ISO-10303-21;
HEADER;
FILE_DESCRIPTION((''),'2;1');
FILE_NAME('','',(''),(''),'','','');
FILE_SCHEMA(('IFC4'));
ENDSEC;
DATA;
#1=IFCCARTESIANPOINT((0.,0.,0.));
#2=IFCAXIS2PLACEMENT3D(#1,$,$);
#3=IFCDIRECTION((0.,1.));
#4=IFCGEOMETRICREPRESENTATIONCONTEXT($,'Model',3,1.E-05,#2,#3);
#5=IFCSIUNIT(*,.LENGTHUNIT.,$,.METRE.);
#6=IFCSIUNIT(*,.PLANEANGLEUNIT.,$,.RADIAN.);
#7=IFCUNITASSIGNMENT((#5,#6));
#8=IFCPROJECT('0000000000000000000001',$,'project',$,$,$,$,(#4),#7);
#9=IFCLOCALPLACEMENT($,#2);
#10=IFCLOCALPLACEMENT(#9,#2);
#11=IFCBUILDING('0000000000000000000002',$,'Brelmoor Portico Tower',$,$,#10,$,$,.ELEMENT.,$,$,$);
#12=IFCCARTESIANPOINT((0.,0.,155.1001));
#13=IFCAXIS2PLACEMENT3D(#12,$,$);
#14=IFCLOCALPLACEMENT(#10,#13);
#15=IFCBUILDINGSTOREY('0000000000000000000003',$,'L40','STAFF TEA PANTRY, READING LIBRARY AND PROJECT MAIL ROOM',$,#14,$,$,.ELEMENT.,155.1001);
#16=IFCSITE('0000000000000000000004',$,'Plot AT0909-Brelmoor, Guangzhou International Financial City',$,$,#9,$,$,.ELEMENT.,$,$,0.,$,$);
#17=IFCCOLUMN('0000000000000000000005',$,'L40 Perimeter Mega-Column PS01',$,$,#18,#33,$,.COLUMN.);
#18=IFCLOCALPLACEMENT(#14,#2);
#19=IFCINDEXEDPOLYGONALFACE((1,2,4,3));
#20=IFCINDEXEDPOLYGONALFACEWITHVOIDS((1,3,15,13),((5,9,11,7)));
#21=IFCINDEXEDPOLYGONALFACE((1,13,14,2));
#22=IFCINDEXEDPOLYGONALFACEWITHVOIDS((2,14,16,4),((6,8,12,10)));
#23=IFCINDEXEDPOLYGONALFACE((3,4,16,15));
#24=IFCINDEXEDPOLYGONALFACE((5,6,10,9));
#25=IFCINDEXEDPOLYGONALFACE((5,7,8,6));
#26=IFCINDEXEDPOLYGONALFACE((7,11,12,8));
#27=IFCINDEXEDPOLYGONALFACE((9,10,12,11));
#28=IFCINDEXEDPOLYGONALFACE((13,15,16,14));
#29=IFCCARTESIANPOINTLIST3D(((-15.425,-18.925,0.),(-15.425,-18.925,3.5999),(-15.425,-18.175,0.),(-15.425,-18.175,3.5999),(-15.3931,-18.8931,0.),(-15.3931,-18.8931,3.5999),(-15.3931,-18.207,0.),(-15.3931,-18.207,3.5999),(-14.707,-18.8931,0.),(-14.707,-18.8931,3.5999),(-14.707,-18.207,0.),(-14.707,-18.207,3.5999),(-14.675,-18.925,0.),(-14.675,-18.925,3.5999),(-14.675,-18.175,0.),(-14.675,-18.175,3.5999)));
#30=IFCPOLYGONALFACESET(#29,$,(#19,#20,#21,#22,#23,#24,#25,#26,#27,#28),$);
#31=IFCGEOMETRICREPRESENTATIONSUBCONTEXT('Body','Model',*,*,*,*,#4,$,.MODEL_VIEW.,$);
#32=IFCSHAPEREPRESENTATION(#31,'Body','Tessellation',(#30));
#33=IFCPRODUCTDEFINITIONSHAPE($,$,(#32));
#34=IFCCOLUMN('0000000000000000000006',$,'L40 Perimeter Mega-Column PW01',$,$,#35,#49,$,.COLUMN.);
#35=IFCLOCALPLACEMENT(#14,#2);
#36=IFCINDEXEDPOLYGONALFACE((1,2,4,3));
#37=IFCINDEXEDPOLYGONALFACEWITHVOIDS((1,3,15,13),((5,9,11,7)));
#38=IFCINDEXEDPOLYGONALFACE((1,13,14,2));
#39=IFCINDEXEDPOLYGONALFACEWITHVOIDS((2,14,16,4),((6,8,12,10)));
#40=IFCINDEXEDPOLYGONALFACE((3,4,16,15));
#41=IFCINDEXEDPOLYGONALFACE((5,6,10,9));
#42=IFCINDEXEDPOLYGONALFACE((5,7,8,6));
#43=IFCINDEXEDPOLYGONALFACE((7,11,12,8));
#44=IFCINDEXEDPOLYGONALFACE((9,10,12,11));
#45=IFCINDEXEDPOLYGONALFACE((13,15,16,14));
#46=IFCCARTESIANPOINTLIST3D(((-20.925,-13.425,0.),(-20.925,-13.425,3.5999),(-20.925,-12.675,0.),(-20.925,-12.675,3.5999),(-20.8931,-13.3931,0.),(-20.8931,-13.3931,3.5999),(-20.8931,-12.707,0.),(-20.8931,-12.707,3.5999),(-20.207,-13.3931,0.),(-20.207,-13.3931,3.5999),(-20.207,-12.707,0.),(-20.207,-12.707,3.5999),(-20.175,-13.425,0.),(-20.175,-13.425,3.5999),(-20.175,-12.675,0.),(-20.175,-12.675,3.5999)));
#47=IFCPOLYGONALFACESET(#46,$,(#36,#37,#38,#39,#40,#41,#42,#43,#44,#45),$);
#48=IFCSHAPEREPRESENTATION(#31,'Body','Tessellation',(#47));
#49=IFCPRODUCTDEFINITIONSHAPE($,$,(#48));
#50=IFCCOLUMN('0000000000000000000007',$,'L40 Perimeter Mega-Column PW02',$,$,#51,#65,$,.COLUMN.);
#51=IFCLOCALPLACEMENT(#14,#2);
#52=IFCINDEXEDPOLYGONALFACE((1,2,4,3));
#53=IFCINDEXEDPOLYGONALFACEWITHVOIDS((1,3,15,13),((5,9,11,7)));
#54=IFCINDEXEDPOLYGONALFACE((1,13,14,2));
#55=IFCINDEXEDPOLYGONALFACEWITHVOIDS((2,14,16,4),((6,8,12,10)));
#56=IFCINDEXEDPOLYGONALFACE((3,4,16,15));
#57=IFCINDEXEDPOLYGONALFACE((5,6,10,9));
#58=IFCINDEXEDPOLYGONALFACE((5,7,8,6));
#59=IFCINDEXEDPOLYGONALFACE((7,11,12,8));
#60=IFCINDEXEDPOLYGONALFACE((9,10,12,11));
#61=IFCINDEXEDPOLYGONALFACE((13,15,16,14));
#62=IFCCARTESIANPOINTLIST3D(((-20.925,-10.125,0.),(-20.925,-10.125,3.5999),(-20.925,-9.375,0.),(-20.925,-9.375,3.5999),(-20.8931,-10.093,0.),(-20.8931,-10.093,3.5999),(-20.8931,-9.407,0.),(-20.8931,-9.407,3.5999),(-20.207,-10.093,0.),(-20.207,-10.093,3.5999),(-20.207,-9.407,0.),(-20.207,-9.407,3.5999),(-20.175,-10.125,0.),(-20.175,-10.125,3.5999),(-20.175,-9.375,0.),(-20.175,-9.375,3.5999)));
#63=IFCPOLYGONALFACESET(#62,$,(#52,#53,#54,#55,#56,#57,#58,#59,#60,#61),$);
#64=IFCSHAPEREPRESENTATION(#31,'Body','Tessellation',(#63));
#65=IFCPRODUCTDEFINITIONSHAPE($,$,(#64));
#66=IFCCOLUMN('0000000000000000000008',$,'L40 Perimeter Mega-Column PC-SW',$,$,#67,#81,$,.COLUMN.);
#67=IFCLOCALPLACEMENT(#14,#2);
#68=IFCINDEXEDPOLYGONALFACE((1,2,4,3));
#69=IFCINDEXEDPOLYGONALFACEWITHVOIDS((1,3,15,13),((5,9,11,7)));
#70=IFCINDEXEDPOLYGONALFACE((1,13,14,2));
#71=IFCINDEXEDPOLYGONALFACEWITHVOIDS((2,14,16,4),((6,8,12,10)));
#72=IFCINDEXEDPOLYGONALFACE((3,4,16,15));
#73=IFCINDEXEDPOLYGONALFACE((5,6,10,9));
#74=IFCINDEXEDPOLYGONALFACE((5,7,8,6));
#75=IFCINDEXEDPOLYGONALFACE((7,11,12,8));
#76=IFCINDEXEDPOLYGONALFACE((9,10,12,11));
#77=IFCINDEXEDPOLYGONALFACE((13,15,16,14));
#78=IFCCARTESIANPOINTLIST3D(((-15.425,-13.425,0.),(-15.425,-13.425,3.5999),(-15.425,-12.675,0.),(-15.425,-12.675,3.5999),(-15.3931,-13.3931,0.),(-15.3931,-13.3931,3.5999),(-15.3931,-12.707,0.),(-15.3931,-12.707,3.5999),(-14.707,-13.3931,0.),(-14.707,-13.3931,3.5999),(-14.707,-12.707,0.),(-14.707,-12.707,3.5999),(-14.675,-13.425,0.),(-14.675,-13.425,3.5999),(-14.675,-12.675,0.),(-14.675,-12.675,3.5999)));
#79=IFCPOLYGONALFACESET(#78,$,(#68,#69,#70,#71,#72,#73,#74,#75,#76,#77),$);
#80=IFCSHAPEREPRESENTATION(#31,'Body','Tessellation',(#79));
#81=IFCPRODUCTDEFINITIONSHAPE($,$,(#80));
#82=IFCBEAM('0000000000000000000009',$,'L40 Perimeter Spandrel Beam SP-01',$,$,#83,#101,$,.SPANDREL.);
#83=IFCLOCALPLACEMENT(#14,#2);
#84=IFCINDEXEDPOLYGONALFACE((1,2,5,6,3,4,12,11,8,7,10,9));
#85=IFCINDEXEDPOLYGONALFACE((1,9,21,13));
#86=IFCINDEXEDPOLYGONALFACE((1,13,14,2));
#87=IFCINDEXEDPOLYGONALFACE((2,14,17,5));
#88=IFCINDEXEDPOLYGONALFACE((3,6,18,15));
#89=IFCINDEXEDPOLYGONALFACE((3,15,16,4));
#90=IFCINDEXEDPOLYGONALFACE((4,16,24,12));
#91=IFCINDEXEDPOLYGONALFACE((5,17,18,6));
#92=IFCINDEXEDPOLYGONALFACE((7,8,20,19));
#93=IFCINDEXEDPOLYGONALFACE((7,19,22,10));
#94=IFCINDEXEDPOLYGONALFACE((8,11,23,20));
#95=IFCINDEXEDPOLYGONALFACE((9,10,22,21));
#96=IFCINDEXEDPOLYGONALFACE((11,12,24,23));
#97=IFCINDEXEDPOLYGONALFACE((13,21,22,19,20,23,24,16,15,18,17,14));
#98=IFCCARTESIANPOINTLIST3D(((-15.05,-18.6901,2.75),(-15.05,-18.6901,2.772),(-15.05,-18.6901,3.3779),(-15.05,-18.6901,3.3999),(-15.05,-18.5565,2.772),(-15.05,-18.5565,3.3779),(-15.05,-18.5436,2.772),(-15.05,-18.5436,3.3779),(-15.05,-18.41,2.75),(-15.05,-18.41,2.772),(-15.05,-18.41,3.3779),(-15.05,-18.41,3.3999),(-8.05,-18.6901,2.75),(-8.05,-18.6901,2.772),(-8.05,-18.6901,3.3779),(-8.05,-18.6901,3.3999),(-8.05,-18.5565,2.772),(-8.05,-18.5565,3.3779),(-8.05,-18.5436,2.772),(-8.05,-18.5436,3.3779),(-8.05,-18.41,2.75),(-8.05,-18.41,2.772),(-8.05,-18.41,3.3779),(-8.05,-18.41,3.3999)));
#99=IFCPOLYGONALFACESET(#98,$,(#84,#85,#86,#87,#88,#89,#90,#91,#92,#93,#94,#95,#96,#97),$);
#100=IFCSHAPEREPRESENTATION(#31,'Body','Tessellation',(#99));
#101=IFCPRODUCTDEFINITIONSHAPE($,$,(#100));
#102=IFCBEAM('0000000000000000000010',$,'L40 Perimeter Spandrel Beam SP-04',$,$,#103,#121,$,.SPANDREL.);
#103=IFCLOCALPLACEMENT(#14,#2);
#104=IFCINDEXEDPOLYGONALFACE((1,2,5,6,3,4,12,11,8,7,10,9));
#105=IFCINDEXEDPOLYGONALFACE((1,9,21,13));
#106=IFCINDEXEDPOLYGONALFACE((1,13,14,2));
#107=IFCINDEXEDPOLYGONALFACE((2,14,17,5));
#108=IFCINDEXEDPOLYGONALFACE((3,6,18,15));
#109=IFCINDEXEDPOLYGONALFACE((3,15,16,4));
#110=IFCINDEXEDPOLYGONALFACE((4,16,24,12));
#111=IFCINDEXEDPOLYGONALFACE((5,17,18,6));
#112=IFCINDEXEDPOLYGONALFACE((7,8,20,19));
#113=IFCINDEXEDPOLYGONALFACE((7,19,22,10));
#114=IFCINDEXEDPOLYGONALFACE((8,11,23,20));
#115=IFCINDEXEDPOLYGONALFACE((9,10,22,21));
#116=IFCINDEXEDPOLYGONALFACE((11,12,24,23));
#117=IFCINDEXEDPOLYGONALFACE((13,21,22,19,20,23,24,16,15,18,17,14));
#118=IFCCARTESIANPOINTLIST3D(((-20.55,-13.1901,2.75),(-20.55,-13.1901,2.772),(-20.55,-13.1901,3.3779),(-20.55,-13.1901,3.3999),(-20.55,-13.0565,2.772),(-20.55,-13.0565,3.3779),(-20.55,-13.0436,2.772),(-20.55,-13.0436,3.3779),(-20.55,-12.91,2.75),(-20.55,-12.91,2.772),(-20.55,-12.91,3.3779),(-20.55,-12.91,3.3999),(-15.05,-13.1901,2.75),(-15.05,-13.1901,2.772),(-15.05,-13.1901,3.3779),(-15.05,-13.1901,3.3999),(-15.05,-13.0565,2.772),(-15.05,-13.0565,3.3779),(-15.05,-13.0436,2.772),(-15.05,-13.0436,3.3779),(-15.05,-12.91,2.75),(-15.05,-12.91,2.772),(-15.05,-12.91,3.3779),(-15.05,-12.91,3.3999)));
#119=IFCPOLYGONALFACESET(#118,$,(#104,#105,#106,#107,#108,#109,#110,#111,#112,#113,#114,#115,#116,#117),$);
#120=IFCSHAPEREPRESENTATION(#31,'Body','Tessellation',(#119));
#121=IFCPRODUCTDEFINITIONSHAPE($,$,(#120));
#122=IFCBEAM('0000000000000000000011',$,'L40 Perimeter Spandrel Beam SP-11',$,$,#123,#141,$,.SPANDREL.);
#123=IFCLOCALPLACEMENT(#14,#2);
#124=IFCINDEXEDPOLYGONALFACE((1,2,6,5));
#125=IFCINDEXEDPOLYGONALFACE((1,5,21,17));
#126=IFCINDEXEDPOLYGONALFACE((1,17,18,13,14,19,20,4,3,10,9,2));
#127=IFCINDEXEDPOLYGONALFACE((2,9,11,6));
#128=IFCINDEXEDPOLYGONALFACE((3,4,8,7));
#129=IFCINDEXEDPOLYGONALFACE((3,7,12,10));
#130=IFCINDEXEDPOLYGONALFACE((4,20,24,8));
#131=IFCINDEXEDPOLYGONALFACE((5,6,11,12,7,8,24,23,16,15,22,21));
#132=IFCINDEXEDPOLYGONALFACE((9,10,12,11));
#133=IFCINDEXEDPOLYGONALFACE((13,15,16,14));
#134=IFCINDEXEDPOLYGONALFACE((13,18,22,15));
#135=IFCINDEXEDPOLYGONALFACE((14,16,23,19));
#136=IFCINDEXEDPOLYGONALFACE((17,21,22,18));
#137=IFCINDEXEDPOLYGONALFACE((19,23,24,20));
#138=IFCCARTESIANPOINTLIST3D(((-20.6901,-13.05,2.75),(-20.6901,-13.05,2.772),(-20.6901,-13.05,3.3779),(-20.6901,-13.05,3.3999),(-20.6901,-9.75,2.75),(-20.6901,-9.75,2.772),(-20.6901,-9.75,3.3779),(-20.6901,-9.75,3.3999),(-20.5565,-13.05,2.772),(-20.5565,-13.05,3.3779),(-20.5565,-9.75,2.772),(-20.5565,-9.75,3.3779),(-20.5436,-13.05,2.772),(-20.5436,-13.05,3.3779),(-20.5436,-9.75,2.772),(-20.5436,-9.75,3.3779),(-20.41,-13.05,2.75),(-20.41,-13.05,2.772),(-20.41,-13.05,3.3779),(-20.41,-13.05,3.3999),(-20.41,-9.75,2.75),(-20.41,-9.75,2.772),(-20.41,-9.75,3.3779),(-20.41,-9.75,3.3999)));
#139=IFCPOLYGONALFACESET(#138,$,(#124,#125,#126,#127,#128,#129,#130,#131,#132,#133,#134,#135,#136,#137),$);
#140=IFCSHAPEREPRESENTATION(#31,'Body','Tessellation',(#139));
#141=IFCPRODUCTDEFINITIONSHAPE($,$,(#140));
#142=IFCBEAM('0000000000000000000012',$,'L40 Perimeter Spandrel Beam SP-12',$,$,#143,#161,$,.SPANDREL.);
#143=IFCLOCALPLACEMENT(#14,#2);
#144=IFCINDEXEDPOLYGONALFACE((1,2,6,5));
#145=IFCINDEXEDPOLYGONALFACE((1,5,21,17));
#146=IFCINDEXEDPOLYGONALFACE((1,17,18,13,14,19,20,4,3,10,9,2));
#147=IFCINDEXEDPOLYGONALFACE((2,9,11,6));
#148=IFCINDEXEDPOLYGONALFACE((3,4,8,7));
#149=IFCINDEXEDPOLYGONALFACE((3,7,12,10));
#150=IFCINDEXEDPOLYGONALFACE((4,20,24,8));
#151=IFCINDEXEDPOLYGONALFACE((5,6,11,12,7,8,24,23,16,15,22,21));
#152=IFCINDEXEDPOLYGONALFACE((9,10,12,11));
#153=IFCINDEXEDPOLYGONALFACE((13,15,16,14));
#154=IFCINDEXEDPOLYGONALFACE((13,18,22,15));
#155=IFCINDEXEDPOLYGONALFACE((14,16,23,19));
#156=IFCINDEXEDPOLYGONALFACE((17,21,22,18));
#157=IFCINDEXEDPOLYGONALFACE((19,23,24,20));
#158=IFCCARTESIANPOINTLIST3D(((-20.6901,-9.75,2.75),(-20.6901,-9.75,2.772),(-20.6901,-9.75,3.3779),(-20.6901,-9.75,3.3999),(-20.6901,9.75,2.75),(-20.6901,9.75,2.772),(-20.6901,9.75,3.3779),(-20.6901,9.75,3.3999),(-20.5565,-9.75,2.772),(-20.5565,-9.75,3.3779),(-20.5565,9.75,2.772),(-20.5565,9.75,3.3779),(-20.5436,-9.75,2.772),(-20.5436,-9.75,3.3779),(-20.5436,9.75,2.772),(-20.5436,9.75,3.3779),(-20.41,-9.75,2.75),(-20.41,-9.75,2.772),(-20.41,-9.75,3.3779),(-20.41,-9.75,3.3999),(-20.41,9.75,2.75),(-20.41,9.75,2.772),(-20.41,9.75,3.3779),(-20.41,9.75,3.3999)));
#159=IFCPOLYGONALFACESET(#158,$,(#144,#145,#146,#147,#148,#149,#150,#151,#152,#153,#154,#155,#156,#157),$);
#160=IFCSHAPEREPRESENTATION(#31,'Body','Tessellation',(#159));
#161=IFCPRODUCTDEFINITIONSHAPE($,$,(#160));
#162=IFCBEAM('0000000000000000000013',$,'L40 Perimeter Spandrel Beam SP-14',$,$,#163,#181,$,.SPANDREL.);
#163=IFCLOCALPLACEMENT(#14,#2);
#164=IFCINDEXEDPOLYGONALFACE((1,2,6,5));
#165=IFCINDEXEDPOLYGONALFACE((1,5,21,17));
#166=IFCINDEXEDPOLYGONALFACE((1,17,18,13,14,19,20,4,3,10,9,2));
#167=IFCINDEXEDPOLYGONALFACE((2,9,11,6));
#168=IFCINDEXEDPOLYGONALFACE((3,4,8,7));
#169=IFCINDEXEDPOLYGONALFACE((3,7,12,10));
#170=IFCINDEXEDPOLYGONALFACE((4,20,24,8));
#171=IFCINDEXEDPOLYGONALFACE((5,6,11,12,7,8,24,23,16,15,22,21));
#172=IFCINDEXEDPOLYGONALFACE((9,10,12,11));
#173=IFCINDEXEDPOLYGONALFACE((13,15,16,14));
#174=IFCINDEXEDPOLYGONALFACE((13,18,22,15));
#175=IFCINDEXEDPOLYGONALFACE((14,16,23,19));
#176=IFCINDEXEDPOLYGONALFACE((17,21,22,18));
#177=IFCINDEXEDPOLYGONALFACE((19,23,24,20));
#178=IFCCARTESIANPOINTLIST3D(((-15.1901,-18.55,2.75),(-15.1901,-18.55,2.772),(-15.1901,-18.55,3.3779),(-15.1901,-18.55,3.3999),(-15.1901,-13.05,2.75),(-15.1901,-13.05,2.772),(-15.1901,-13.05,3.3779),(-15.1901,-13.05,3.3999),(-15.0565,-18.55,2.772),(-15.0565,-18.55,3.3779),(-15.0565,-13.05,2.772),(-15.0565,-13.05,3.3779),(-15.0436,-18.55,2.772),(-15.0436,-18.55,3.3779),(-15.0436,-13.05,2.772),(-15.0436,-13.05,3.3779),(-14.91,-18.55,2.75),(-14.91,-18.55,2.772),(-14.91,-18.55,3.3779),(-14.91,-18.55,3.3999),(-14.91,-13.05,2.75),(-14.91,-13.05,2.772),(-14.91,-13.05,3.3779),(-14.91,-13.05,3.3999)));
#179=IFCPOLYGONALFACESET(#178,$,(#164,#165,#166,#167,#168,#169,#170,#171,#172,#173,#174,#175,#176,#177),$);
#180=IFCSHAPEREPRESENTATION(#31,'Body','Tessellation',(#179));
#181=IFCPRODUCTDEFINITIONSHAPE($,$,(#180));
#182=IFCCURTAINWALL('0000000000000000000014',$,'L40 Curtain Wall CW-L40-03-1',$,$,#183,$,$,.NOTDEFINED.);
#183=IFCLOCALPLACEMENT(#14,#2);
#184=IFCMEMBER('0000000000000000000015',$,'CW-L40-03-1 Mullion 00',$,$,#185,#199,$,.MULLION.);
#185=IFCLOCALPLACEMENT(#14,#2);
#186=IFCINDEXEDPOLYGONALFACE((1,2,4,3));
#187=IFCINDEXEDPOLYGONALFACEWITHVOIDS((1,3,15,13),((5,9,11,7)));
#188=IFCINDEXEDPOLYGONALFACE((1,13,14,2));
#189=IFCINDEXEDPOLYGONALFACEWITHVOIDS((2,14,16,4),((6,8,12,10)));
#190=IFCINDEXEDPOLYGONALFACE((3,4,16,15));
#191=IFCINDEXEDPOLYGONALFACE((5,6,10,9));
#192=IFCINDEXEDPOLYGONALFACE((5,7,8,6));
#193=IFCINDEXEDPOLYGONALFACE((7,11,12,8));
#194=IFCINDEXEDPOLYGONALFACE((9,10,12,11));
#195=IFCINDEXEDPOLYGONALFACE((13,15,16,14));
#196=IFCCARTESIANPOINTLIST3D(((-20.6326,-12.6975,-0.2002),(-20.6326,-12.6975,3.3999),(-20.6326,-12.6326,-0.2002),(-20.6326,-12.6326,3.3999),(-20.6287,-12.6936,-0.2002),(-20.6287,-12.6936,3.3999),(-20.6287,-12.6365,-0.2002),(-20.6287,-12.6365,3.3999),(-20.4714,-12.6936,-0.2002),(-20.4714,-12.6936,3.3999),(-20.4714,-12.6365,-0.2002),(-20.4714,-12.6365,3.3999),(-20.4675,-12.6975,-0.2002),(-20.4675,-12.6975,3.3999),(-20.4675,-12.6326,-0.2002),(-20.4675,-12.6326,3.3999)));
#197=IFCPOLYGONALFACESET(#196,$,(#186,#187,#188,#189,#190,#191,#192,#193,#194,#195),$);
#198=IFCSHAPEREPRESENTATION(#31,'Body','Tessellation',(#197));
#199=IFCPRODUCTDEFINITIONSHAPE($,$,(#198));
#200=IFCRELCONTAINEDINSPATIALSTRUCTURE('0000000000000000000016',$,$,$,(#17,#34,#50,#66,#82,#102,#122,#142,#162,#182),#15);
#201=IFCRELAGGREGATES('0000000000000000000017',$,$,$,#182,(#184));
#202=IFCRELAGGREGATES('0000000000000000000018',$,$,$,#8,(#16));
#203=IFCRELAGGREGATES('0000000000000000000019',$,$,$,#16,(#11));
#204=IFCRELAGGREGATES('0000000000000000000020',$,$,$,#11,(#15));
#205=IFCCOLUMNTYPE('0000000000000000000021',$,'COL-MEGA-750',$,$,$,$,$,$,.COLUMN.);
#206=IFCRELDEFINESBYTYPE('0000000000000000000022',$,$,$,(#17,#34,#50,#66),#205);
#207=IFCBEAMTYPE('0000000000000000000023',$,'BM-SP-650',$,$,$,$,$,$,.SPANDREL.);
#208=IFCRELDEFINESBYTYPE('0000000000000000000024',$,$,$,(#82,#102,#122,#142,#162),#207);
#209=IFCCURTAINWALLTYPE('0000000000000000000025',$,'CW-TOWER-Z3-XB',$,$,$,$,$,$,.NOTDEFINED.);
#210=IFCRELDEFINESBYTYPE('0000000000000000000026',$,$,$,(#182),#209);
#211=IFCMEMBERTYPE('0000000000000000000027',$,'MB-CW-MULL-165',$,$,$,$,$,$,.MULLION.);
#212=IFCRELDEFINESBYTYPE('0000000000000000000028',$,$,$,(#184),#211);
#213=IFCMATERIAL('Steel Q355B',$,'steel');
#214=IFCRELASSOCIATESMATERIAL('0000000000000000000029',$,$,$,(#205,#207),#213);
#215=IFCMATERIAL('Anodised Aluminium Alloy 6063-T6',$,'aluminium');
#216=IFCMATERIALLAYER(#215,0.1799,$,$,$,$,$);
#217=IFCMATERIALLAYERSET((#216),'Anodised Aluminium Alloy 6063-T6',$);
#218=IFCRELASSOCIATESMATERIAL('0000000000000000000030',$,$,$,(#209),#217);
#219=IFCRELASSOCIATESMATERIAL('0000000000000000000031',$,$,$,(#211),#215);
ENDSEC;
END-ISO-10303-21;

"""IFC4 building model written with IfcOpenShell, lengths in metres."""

from ifc_helpers import new_model, si_unit, direction, frame, origin, origin_2d, place, context, subcontext, project, spatial, hollow_rectangle, i_section, extrude, material, layer, layer_set, material_profile, profile_set, type_object, element, aggregate, save


model = new_model("IFC4")

# Units and contexts
model_context = context("Model", 3, precision=1e-05, world=origin(), true_north=direction((0.0, 1.0)))
body_context = subcontext(model_context, "Body", "Model", "MODEL_VIEW")
ifc_project = project(units=[si_unit("LENGTHUNIT", "METRE"), si_unit("PLANEANGLEUNIT", "RADIAN")], contexts=[model_context])

# Site, building, storey
site_placement = place(None, origin())
site = spatial("IfcSite", under=ifc_project, at=site_placement, Name="Plot AT0909-Brelmoor, Guangzhou International Financial City", CompositionType="ELEMENT", RefElevation=0.0)
building_placement = place(site_placement, origin())
building = spatial("IfcBuilding", under=site, at=building_placement, Name="Brelmoor Portico Tower", CompositionType="ELEMENT")
storey_placement = place(building_placement, frame((0.0, 0.0, 155.1001)))
storey = spatial("IfcBuildingStorey", under=building, at=storey_placement, Name="L40", Description="STAFF TEA PANTRY, READING LIBRARY AND PROJECT MAIL ROOM", CompositionType="ELEMENT", Elevation=155.1001)

# Columns
ifc_material_1 = material(Name="Steel Q355B", Category="steel")
ifc_material_profile_1 = material_profile(ifc_material_1, hollow_rectangle(XDim=0.75, YDim=0.75, WallThickness=0.032, at=origin_2d()), Name="BOX 750x750x32")
ifc_profile_set_1 = profile_set([ifc_material_profile_1], Name="Steel Q355B")
column_type = type_object("IfcColumnType", Name="COL-MEGA-750", PredefinedType="COLUMN", material=ifc_profile_set_1)
for number, where, z_axis, x_axis, name in (
    (1, (-15.05, -18.55, 0.0), (0.0, 0.0, 1.0), (1.0, 0.0, 0.0), "L40 Perimeter Mega-Column PS01"),
    (2, (-20.55, -13.05, 0.0), (0.0, 0.0, 1.0), (0.0, 1.0, 0.0), "L40 Perimeter Mega-Column PW01"),
    (3, (-20.55, -9.75, 0.0), (0.0, 0.0, 1.0), (0.0, 1.0, 0.0), "L40 Perimeter Mega-Column PW02"),
    (4, (-15.05, -13.05, 0.0), (0.0, 0.0, 1.0), (1.0, 0.0, 0.0), "L40 Perimeter Mega-Column PC-SW"),
):
    element("IfcColumn", number, at=place(storey_placement, frame(where, z_axis=z_axis, x_axis=x_axis)), inside=storey, type_object=column_type, Name=name, PredefinedType="COLUMN", context=body_context, shape_type="SweptSolid", body=[
        extrude(hollow_rectangle(XDim=0.75, YDim=0.75, WallThickness=0.032, at=origin_2d()), origin(), (0.0, 0.0, 1.0), 3.5999),
    ])

# Beams
ifc_material_profile_2 = material_profile(ifc_material_1, i_section(OverallWidth=0.28, OverallDepth=0.6499, WebThickness=0.0129, FlangeThickness=0.022, at=origin_2d()), Name="HN 650x280x13x22")
ifc_profile_set_2 = profile_set([ifc_material_profile_2], Name="Steel Q355B")
beam_type = type_object("IfcBeamType", Name="BM-SP-650", PredefinedType="SPANDREL", material=ifc_profile_set_2)
beam_1_placement = place(storey_placement, frame((-15.05, -18.55, 3.075), z_axis=(1.0, 0.0, 0.0), x_axis=(0.0, 1.0, 0.0)))
element("IfcBeam", 5, at=beam_1_placement, inside=storey, type_object=beam_type, Name="L40 Perimeter Spandrel Beam SP-01", PredefinedType="SPANDREL", context=body_context, shape_type="SweptSolid", body=[
    extrude(i_section(OverallWidth=0.28, OverallDepth=0.6499, WebThickness=0.0129, FlangeThickness=0.022, at=origin_2d()), origin(), (0.0, 0.0, 1.0), 7.0),
])
beam_2_placement = place(storey_placement, frame((-20.55, -13.05, 3.075), z_axis=(1.0, 0.0, 0.0), x_axis=(0.0, 1.0, 0.0)))
element("IfcBeam", 6, at=beam_2_placement, inside=storey, type_object=beam_type, Name="L40 Perimeter Spandrel Beam SP-04", PredefinedType="SPANDREL", context=body_context, shape_type="SweptSolid", body=[
    extrude(i_section(OverallWidth=0.28, OverallDepth=0.6499, WebThickness=0.0129, FlangeThickness=0.022, at=origin_2d()), origin(), (0.0, 0.0, 1.0), 5.5),
])
beam_3_placement = place(storey_placement, frame((-20.55, -13.05, 3.075), z_axis=(0.0, 1.0, 0.0), x_axis=(-1.0, 0.0, 0.0)))
element("IfcBeam", 7, at=beam_3_placement, inside=storey, type_object=beam_type, Name="L40 Perimeter Spandrel Beam SP-11", PredefinedType="SPANDREL", context=body_context, shape_type="SweptSolid", body=[
    extrude(i_section(OverallWidth=0.28, OverallDepth=0.6499, WebThickness=0.0129, FlangeThickness=0.022, at=origin_2d()), origin(), (0.0, 0.0, 1.0), 3.3),
])
beam_4_placement = place(storey_placement, frame((-20.55, -9.75, 3.075), z_axis=(0.0, 1.0, 0.0), x_axis=(-1.0, 0.0, 0.0)))
element("IfcBeam", 8, at=beam_4_placement, inside=storey, type_object=beam_type, Name="L40 Perimeter Spandrel Beam SP-12", PredefinedType="SPANDREL", context=body_context, shape_type="SweptSolid", body=[
    extrude(i_section(OverallWidth=0.28, OverallDepth=0.6499, WebThickness=0.0129, FlangeThickness=0.022, at=origin_2d()), origin(), (0.0, 0.0, 1.0), 19.5),
])
beam_5_placement = place(storey_placement, frame((-15.05, -18.55, 3.075), z_axis=(0.0, 1.0, 0.0), x_axis=(-1.0, 0.0, 0.0)))
element("IfcBeam", 9, at=beam_5_placement, inside=storey, type_object=beam_type, Name="L40 Perimeter Spandrel Beam SP-14", PredefinedType="SPANDREL", context=body_context, shape_type="SweptSolid", body=[
    extrude(i_section(OverallWidth=0.28, OverallDepth=0.6499, WebThickness=0.0129, FlangeThickness=0.022, at=origin_2d()), origin(), (0.0, 0.0, 1.0), 5.5),
])

# Curtain wall, member
ifc_material_2 = material(Name="Anodised Aluminium Alloy 6063-T6", Category="aluminium")
ifc_layer_1 = layer(ifc_material_2, 0.1799)
ifc_layer_set_1 = layer_set([ifc_layer_1], Name="Anodised Aluminium Alloy 6063-T6")
curtain_wall_type = type_object("IfcCurtainWallType", Name="CW-TOWER-Z3-XB", PredefinedType="NOTDEFINED", material=ifc_layer_set_1)
curtain_wall_placement = place(storey_placement, origin())
curtain_wall = element("IfcCurtainWall", 10, at=curtain_wall_placement, inside=storey, type_object=curtain_wall_type, Name="L40 Curtain Wall CW-L40-03-1", PredefinedType="NOTDEFINED")
ifc_material_profile_3 = material_profile(ifc_material_2, hollow_rectangle(XDim=0.0649, YDim=0.165, WallThickness=0.0039, at=origin_2d()), Name="ALU MULLION 65x165")
ifc_profile_set_3 = profile_set([ifc_material_profile_3], Name="Anodised Aluminium Alloy 6063-T6")
member_type_1 = type_object("IfcMemberType", Name="MB-CW-MULL-165", PredefinedType="MULLION", material=ifc_profile_set_3)
member_1_placement = place(storey_placement, frame((-20.55, -12.665, -0.2002), z_axis=(0.0, 0.0, 1.0), x_axis=(0.0, 1.0, 0.0)))
member_1 = element("IfcMember", 11, at=member_1_placement, type_object=member_type_1, Name="CW-L40-03-1 Mullion 00", PredefinedType="MULLION", context=body_context, shape_type="SweptSolid", body=[
    extrude(hollow_rectangle(XDim=0.0649, YDim=0.165, WallThickness=0.0039, at=origin_2d()), origin(), (0.0, 0.0, 1.0), 3.6001),
])
aggregate(curtain_wall, [member_1])

save(model, "model.ifc")
